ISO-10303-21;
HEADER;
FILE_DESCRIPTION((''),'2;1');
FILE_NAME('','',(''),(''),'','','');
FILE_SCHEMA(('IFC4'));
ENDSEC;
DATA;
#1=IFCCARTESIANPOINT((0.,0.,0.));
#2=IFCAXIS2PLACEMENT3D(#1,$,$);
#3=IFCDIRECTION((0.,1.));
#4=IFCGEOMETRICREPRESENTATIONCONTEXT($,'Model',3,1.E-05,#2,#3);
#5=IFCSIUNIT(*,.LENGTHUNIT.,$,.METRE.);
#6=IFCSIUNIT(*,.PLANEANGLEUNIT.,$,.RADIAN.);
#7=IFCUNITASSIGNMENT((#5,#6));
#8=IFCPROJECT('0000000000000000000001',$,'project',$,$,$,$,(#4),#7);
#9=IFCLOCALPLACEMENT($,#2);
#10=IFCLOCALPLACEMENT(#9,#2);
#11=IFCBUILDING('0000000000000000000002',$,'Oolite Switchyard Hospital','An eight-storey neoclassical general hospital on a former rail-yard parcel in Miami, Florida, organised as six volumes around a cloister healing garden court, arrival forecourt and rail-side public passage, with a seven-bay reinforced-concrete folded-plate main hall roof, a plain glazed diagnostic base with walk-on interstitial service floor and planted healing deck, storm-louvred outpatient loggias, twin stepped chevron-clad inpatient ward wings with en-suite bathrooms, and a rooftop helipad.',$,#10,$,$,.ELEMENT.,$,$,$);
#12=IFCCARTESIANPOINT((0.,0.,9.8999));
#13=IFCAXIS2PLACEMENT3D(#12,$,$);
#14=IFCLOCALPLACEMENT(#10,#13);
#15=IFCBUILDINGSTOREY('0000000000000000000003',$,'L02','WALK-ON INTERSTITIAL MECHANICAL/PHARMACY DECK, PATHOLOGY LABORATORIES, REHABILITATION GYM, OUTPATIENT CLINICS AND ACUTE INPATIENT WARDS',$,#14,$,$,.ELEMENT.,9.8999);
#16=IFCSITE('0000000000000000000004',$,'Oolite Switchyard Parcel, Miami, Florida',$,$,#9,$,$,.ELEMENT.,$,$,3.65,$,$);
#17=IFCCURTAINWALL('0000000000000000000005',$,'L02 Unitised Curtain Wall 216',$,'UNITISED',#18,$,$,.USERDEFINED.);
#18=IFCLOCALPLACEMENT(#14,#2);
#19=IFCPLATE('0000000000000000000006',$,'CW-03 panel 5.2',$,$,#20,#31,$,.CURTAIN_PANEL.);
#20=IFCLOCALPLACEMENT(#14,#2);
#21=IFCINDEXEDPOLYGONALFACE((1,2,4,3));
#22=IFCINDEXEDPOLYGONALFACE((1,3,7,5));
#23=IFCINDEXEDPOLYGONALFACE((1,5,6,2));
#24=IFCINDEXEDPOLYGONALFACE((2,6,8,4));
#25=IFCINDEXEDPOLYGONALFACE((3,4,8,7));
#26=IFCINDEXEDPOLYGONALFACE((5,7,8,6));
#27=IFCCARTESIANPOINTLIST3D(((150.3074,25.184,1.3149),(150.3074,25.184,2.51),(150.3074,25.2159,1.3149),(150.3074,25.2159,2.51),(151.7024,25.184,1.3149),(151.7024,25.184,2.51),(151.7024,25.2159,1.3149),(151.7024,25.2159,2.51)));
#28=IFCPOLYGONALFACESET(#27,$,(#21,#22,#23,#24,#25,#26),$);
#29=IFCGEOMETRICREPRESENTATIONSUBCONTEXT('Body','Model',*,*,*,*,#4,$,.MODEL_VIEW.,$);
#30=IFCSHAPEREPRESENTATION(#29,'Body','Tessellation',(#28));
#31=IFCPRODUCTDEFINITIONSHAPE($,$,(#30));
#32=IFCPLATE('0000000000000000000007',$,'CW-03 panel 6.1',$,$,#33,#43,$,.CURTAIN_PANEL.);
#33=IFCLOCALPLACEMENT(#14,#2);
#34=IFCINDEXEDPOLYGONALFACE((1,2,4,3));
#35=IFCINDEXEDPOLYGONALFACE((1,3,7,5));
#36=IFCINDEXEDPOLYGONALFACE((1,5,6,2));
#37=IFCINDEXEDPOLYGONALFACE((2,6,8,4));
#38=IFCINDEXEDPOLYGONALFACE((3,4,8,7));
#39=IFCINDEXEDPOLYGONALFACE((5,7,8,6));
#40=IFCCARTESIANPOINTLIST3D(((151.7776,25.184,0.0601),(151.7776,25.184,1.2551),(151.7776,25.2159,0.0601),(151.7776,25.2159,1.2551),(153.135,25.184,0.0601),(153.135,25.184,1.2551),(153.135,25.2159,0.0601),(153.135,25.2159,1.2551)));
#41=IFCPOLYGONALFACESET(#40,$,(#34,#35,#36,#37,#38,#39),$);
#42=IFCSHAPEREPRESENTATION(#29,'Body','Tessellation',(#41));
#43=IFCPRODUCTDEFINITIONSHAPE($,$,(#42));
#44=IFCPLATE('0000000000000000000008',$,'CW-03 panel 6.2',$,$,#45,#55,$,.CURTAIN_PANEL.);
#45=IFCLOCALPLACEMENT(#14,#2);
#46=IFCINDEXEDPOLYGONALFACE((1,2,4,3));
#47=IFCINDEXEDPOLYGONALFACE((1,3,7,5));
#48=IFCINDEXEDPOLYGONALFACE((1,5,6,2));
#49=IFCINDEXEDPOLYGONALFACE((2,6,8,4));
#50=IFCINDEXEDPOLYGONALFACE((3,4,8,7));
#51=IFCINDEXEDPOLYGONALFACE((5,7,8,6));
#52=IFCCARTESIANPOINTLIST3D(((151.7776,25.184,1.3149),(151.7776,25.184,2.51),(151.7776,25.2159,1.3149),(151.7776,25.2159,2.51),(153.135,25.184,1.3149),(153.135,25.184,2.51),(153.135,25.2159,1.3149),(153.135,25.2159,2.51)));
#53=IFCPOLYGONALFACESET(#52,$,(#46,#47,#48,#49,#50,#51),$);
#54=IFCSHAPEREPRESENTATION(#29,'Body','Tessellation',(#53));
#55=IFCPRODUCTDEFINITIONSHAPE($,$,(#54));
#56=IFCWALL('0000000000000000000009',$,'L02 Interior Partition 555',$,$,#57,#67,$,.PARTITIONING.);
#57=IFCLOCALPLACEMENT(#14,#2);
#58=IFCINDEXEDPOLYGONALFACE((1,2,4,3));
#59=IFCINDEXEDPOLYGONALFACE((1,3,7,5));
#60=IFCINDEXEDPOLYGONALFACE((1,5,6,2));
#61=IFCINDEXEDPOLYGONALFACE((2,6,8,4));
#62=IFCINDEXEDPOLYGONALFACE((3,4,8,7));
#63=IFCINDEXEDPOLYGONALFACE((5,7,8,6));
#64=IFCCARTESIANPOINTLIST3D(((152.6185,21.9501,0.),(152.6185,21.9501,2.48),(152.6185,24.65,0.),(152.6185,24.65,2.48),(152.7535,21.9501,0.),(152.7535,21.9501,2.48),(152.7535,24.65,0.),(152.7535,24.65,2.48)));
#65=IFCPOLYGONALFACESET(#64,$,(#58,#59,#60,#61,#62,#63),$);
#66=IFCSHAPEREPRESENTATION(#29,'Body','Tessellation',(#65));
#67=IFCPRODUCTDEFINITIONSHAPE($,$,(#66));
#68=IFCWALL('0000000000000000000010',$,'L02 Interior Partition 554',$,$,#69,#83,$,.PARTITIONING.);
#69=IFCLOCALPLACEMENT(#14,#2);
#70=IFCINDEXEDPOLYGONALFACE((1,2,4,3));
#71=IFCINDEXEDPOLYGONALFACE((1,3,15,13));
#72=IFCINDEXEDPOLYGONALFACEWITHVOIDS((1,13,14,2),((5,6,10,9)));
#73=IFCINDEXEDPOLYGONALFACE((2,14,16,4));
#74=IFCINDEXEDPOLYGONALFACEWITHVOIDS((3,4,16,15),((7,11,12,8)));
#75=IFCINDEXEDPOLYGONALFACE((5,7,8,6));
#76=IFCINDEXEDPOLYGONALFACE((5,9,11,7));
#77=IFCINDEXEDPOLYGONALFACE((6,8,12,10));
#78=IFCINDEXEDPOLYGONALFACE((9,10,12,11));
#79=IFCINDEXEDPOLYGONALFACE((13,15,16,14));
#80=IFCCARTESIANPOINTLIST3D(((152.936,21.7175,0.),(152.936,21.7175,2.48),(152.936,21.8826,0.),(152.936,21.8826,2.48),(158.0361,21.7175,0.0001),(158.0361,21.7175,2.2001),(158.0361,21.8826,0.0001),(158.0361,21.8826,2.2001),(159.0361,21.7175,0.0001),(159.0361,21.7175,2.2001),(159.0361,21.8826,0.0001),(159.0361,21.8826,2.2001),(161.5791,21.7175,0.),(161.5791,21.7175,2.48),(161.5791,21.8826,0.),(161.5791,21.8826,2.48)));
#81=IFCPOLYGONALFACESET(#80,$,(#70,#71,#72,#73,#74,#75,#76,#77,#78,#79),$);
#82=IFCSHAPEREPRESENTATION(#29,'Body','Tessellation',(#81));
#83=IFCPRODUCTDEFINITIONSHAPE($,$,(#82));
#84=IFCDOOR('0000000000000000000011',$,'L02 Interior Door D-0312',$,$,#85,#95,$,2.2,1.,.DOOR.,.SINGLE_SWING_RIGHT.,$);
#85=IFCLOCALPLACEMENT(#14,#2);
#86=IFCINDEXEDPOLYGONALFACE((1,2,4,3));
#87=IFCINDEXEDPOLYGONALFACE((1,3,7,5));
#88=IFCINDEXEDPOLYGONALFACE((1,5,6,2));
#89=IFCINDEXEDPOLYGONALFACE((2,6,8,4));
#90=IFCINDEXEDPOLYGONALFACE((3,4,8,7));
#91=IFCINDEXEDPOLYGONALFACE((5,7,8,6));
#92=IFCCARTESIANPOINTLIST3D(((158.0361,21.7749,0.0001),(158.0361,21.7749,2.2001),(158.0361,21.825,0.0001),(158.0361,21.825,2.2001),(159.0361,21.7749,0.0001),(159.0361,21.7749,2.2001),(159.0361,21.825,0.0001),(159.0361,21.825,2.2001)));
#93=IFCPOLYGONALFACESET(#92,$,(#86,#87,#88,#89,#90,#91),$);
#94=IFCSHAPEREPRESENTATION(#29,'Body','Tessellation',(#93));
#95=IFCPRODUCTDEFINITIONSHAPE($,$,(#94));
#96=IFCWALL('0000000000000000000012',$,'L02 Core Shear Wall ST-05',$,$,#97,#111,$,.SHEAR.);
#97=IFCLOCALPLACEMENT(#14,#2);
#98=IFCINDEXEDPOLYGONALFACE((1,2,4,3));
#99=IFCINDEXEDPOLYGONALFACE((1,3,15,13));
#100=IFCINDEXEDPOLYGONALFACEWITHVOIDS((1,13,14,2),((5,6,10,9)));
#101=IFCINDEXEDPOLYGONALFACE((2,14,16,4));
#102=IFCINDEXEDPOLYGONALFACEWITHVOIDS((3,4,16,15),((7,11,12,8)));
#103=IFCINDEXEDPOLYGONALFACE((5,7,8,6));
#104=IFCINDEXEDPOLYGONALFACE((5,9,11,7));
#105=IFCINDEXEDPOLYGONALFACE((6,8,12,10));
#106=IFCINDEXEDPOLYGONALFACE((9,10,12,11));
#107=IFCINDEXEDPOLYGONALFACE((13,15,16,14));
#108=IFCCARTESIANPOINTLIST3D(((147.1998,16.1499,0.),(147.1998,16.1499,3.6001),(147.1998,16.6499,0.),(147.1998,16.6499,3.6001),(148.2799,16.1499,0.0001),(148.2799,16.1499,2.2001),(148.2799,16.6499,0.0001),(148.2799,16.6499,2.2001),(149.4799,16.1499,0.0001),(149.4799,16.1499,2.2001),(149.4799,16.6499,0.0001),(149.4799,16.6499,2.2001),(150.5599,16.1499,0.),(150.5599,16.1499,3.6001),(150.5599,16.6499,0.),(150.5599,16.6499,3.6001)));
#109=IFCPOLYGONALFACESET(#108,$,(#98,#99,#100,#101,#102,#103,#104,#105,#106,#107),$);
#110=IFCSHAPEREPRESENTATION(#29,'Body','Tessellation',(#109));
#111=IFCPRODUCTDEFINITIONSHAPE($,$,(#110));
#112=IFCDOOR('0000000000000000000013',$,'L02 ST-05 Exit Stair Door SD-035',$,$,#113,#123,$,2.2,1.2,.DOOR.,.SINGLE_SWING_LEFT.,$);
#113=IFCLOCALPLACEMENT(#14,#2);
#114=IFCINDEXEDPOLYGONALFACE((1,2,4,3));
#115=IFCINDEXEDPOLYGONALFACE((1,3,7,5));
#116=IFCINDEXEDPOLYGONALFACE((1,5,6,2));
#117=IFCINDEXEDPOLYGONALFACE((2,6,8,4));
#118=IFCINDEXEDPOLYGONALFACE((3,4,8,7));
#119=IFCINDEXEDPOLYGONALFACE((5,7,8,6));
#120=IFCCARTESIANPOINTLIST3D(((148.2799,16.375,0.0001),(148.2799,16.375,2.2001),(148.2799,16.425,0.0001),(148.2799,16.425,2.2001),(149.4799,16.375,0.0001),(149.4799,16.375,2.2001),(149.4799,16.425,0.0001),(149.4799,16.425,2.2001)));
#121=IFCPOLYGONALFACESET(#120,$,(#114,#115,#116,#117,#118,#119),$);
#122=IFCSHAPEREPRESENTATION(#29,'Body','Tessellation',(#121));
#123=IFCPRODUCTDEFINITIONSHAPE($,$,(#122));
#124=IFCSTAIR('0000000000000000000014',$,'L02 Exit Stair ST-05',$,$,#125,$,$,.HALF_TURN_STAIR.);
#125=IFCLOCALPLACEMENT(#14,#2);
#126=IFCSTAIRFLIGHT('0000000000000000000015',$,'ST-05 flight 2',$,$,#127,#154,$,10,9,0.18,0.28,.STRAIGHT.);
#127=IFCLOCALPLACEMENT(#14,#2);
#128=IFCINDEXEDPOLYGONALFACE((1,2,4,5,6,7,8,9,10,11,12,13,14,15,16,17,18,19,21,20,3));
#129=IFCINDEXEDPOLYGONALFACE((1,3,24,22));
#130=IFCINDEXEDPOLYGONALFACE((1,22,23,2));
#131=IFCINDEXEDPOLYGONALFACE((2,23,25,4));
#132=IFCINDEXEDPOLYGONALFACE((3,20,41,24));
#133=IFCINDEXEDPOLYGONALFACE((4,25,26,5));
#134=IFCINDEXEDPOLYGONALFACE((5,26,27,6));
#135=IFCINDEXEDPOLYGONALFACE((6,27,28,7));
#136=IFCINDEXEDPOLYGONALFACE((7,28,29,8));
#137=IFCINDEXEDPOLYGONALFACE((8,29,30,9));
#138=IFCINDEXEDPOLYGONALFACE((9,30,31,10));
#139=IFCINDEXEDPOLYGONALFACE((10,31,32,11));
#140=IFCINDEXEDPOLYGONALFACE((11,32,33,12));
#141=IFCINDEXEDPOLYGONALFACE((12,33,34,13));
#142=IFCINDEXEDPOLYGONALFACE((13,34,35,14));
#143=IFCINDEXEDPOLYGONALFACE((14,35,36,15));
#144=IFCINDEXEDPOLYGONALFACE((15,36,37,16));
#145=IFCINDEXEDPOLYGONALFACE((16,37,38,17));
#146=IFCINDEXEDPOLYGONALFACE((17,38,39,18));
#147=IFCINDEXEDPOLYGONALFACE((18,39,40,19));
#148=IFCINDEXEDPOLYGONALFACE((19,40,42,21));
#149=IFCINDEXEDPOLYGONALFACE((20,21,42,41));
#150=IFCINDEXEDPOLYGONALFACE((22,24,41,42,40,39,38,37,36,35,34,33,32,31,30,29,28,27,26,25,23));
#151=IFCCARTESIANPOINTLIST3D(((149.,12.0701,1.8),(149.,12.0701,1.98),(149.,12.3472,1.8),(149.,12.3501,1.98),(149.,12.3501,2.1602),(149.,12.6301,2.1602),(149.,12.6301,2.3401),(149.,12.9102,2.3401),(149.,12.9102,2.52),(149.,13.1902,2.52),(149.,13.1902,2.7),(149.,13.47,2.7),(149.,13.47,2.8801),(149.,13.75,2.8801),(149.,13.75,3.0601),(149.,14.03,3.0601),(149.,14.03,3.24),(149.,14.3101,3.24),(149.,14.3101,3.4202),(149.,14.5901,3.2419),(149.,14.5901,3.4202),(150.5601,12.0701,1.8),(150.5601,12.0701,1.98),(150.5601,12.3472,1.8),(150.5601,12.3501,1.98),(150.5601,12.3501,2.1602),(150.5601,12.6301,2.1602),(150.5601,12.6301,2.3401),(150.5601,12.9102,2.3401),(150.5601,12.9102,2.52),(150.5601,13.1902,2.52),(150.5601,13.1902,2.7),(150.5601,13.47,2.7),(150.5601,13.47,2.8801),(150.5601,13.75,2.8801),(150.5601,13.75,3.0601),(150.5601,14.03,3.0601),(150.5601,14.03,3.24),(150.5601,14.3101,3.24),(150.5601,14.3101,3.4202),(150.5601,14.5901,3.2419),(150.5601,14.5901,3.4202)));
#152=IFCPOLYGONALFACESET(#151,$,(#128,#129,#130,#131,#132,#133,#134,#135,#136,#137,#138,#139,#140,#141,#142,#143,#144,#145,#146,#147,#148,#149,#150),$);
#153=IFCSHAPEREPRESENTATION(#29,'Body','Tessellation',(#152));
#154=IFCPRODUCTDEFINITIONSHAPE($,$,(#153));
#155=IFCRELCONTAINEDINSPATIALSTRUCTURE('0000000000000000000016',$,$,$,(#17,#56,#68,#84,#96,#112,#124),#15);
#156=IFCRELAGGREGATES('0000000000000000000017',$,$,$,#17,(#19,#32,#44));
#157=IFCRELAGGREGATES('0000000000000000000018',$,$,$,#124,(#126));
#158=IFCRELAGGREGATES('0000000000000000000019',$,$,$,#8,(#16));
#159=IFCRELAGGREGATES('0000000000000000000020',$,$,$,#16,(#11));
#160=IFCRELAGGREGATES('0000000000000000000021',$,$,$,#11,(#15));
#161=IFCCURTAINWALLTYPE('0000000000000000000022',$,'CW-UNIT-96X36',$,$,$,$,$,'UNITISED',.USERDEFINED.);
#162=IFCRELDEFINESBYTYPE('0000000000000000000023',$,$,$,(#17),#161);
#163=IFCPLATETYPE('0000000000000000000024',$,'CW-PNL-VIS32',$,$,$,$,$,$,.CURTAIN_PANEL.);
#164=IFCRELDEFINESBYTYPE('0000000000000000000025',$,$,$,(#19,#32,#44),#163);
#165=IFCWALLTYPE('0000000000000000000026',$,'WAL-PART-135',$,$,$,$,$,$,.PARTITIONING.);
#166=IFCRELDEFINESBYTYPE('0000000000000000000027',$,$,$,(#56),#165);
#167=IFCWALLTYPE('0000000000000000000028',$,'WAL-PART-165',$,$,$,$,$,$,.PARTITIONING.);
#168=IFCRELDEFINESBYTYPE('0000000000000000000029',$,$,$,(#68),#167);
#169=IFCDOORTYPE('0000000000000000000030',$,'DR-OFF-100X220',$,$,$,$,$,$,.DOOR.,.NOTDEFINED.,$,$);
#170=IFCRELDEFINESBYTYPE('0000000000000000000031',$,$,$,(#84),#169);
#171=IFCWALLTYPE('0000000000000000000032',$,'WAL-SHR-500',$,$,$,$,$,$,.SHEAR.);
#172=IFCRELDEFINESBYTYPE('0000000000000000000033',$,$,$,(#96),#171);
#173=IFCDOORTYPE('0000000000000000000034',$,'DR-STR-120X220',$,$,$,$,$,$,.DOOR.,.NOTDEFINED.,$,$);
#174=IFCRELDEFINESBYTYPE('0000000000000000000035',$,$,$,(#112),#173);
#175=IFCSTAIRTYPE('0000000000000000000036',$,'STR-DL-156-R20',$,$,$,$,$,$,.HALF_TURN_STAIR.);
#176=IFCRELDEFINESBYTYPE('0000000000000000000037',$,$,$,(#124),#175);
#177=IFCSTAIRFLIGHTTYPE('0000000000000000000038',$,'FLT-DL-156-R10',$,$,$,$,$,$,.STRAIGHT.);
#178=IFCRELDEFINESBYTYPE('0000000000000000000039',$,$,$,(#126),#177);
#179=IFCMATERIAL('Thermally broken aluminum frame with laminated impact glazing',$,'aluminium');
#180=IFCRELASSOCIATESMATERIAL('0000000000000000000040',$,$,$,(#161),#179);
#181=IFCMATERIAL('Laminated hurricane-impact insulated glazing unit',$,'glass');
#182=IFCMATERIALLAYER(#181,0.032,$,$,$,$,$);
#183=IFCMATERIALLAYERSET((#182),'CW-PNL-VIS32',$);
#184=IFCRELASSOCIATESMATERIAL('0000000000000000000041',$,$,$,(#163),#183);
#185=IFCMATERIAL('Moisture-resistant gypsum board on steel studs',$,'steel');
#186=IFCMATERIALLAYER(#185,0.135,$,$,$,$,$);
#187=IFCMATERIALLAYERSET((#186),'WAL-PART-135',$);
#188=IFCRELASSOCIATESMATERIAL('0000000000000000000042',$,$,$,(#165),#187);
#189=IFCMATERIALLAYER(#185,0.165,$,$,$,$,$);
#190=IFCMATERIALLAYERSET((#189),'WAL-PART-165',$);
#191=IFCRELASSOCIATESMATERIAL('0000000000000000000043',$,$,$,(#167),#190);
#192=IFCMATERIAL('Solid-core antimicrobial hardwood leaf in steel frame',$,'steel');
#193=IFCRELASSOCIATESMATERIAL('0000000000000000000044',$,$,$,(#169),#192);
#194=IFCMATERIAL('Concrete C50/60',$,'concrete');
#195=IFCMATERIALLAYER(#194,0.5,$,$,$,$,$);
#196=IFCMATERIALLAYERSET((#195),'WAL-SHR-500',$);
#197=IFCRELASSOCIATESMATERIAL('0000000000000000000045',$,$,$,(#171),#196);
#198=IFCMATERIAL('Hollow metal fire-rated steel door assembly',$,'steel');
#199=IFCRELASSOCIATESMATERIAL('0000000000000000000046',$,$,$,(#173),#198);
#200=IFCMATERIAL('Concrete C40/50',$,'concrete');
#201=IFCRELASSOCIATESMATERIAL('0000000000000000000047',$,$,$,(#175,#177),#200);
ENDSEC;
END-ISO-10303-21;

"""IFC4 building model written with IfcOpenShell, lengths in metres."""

from ifc_helpers import new_model, si_unit, direction, frame, frame_2d, origin, origin_2d, place, context, subcontext, project, spatial, polyline, rectangle, outline, extrude, material, layer, layer_set, type_object, element, fill, aggregate, save


model = new_model("IFC4")

# Units and contexts
model_context = context("Model", 3, precision=1e-05, world=origin(), true_north=direction((0.0, 1.0)))
body_context = subcontext(model_context, "Body", "Model", "MODEL_VIEW")
ifc_project = project(units=[si_unit("LENGTHUNIT", "METRE"), si_unit("PLANEANGLEUNIT", "RADIAN")], contexts=[model_context])

# Site, building, storey
site_placement = place(None, origin())
site = spatial("IfcSite", under=ifc_project, at=site_placement, Name="Oolite Switchyard Parcel, Miami, Florida", CompositionType="ELEMENT", RefElevation=3.65)
building_placement = place(site_placement, origin())
building = spatial("IfcBuilding", under=site, at=building_placement, Name="Oolite Switchyard Hospital", Description="An eight-storey neoclassical general hospital on a former rail-yard parcel in Miami, Florida, organised as six volumes around a cloister healing garden court, arrival forecourt and rail-side public passage, with a seven-bay reinforced-concrete folded-plate main hall roof, a plain glazed diagnostic base with walk-on interstitial service floor and planted healing deck, storm-louvred outpatient loggias, twin stepped chevron-clad inpatient ward wings with en-suite bathrooms, and a rooftop helipad.", CompositionType="ELEMENT")
storey_placement = place(building_placement, frame((0.0, 0.0, 9.8999)))
storey = spatial("IfcBuildingStorey", under=building, at=storey_placement, Name="L02", Description="WALK-ON INTERSTITIAL MECHANICAL/PHARMACY DECK, PATHOLOGY LABORATORIES, REHABILITATION GYM, OUTPATIENT CLINICS AND ACUTE INPATIENT WARDS", CompositionType="ELEMENT", Elevation=9.8999)

# Curtain wall, plates
ifc_material_1 = material(Name="Thermally broken aluminum frame with laminated impact glazing", Category="aluminium")
curtain_wall_type = type_object("IfcCurtainWallType", Name="CW-UNIT-96X36", ElementType="UNITISED", PredefinedType="USERDEFINED", material=ifc_material_1)
curtain_wall_placement = place(storey_placement, origin())
curtain_wall = element("IfcCurtainWall", 1, at=curtain_wall_placement, inside=storey, type_object=curtain_wall_type, Name="L02 Unitised Curtain Wall 216", ObjectType="UNITISED", PredefinedType="USERDEFINED")
ifc_material_2 = material(Name="Laminated hurricane-impact insulated glazing unit", Category="glass")
ifc_layer_1 = layer(ifc_material_2, 0.032)
ifc_layer_set_1 = layer_set([ifc_layer_1], Name="CW-PNL-VIS32")
plate_type = type_object("IfcPlateType", Name="CW-PNL-VIS32", PredefinedType="CURTAIN_PANEL", material=ifc_layer_set_1)
plate_1_placement = place(storey_placement, frame((151.0049, 25.2, 1.3149), z_axis=(0.0, 0.0, 1.0), x_axis=(1.0, 0.0, 0.0)))
plate_1 = element("IfcPlate", 2, at=plate_1_placement, type_object=plate_type, Name="CW-03 panel 5.2", PredefinedType="CURTAIN_PANEL", context=body_context, shape_type="SweptSolid", body=[
    extrude(rectangle(XDim=1.395, YDim=0.032, at=origin_2d()), origin(), (0.0, 0.0, 1.0), 1.1951),
])
plate_2_placement = place(storey_placement, frame((152.4563, 25.2, 0.0601), z_axis=(0.0, 0.0, 1.0), x_axis=(1.0, 0.0, 0.0)))
plate_2 = element("IfcPlate", 3, at=plate_2_placement, type_object=plate_type, Name="CW-03 panel 6.1", PredefinedType="CURTAIN_PANEL", context=body_context, shape_type="SweptSolid", body=[
    extrude(rectangle(XDim=1.3574, YDim=0.032, at=origin_2d()), origin(), (0.0, 0.0, 1.0), 1.1951),
])
plate_3_placement = place(storey_placement, frame((152.4563, 25.2, 1.3149), z_axis=(0.0, 0.0, 1.0), x_axis=(1.0, 0.0, 0.0)))
plate_3 = element("IfcPlate", 4, at=plate_3_placement, type_object=plate_type, Name="CW-03 panel 6.2", PredefinedType="CURTAIN_PANEL", context=body_context, shape_type="SweptSolid", body=[
    extrude(rectangle(XDim=1.3574, YDim=0.032, at=origin_2d()), origin(), (0.0, 0.0, 1.0), 1.1951),
])
aggregate(curtain_wall, [plate_1, plate_2, plate_3])

# Wall
ifc_material_3 = material(Name="Moisture-resistant gypsum board on steel studs", Category="steel")
ifc_layer_2 = layer(ifc_material_3, 0.135)
ifc_layer_set_2 = layer_set([ifc_layer_2], Name="WAL-PART-135")
wall_type_1 = type_object("IfcWallType", Name="WAL-PART-135", PredefinedType="PARTITIONING", material=ifc_layer_set_2)
wall_1_placement = place(storey_placement, frame((152.686, 21.95, 0.0), z_axis=(0.0, 0.0, 1.0), x_axis=(0.0, 1.0, 0.0)))
element("IfcWall", 5, at=wall_1_placement, inside=storey, type_object=wall_type_1, Name="L02 Interior Partition 555", PredefinedType="PARTITIONING", context=body_context, shape_type="SweptSolid", body=[
    extrude(rectangle(XDim=2.7, YDim=0.135, at=frame_2d((1.3501, 0.0))), origin(), (0.0, 0.0, 1.0), 2.48),
])

# Walls, openings, doors
ifc_layer_3 = layer(ifc_material_3, 0.165)
ifc_layer_set_3 = layer_set([ifc_layer_3], Name="WAL-PART-165")
wall_type_2 = type_object("IfcWallType", Name="WAL-PART-165", PredefinedType="PARTITIONING", material=ifc_layer_set_3)
wall_2_placement = place(storey_placement, frame((152.936, 21.8, 0.0), z_axis=(0.0, 0.0, 1.0), x_axis=(1.0, 0.0, 0.0)))
wall_2 = element("IfcWall", 6, at=wall_2_placement, inside=storey, type_object=wall_type_2, Name="L02 Interior Partition 554", PredefinedType="PARTITIONING", context=body_context, shape_type="SweptSolid", body=[
    extrude(rectangle(XDim=8.6431, YDim=0.165, at=frame_2d((4.3215, 0.0))), origin(), (0.0, 0.0, 1.0), 2.48),
])
opening_1_placement = place(wall_2_placement, frame((5.1001, 0.0, 0.0)))
opening_1 = element("IfcOpeningElement", 7, at=opening_1_placement, cuts=wall_2, PredefinedType="OPENING", context=body_context, shape_type="SweptSolid", body=[
    extrude(rectangle(XDim=1.0, YDim=2.2, at=frame_2d((0.5, 1.1001))), frame((0.0, 0.0925, 0.0), z_axis=(0.0, -1.0, 0.0), x_axis=(1.0, 0.0, 0.0)), (0.0, 0.0, 1.0), 0.1851),
])
ifc_material_4 = material(Name="Solid-core antimicrobial hardwood leaf in steel frame", Category="steel")
door_type_1 = type_object("IfcDoorType", Name="DR-OFF-100X220", OperationType="NOTDEFINED", PredefinedType="DOOR", material=ifc_material_4)
door_1_placement = place(opening_1_placement, origin())
door_1 = element("IfcDoor", 8, at=door_1_placement, inside=storey, type_object=door_type_1, Name="L02 Interior Door D-0312", OperationType="SINGLE_SWING_RIGHT", OverallHeight=2.2, OverallWidth=1.0, PredefinedType="DOOR", context=body_context, shape_type="SweptSolid", body=[
    extrude(rectangle(XDim=1.0, YDim=2.2, at=frame_2d((0.5, 1.1001))), frame((0.0, 0.0249, 0.0), z_axis=(0.0, -1.0, 0.0), x_axis=(1.0, 0.0, 0.0)), (0.0, 0.0, 1.0), 0.05),
])
fill(opening_1, door_1)
ifc_material_5 = material(Name="Concrete C50/60", Category="concrete")
ifc_layer_4 = layer(ifc_material_5, 0.5)
ifc_layer_set_4 = layer_set([ifc_layer_4], Name="WAL-SHR-500")
wall_type_3 = type_object("IfcWallType", Name="WAL-SHR-500", PredefinedType="SHEAR", material=ifc_layer_set_4)
wall_3_placement = place(storey_placement, frame((150.5601, 16.3999, 0.0), z_axis=(0.0, 0.0, 1.0), x_axis=(-1.0, 0.0, 0.0)))
wall_3 = element("IfcWall", 9, at=wall_3_placement, inside=storey, type_object=wall_type_3, Name="L02 Core Shear Wall ST-05", PredefinedType="SHEAR", context=body_context, shape_type="SweptSolid", body=[
    extrude(rectangle(XDim=3.3601, YDim=0.5, at=frame_2d((1.6802, 0.0))), origin(), (0.0, 0.0, 1.0), 3.6001),
])
opening_2_placement = place(wall_3_placement, frame((1.0801, 0.0, 0.0)))
opening_2 = element("IfcOpeningElement", 10, at=opening_2_placement, cuts=wall_3, PredefinedType="OPENING", context=body_context, shape_type="SweptSolid", body=[
    extrude(rectangle(XDim=1.2, YDim=2.2, at=frame_2d((0.6001, 1.1001))), frame((0.0, 0.26, 0.0), z_axis=(0.0, -1.0, 0.0), x_axis=(1.0, 0.0, 0.0)), (0.0, 0.0, 1.0), 0.52),
])
ifc_material_6 = material(Name="Hollow metal fire-rated steel door assembly", Category="steel")
door_type_2 = type_object("IfcDoorType", Name="DR-STR-120X220", OperationType="NOTDEFINED", PredefinedType="DOOR", material=ifc_material_6)
door_2_placement = place(opening_2_placement, origin())
door_2 = element("IfcDoor", 11, at=door_2_placement, inside=storey, type_object=door_type_2, Name="L02 ST-05 Exit Stair Door SD-035", OperationType="SINGLE_SWING_LEFT", OverallHeight=2.2, OverallWidth=1.2, PredefinedType="DOOR", context=body_context, shape_type="SweptSolid", body=[
    extrude(rectangle(XDim=1.2, YDim=2.2, at=frame_2d((0.6001, 1.1001))), frame((0.0, 0.0249, 0.0), z_axis=(0.0, -1.0, 0.0), x_axis=(1.0, 0.0, 0.0)), (0.0, 0.0, 1.0), 0.05),
])
fill(opening_2, door_2)

# Stair, stair flight
ifc_material_7 = material(Name="Concrete C40/50", Category="concrete")
stair_type = type_object("IfcStairType", Name="STR-DL-156-R20", PredefinedType="HALF_TURN_STAIR", material=ifc_material_7)
stair_placement = place(storey_placement, origin())
stair = element("IfcStair", 12, at=stair_placement, inside=storey, type_object=stair_type, Name="L02 Exit Stair ST-05", PredefinedType="HALF_TURN_STAIR")
stair_flight_type = type_object("IfcStairFlightType", Name="FLT-DL-156-R10", PredefinedType="STRAIGHT", material=ifc_material_7)
stair_flight_placement = place(storey_placement, frame((149.78, 12.0701, 1.8), z_axis=(0.0, 0.0, 1.0), x_axis=(0.0, 1.0, 0.0)))
stair_flight = element("IfcStairFlight", 13, at=stair_flight_placement, type_object=stair_flight_type, Name="ST-05 flight 2", NumberOfRisers=10, NumberOfTreads=9, PredefinedType="STRAIGHT", RiserHeight=0.18, TreadLength=0.28, context=body_context, shape_type="SweptSolid", body=[
    extrude(outline(polyline([(0.0, 0.0), (0.0, 0.1799), (0.28, 0.1799), (0.28, 0.3601), (0.5601, 0.3601), (0.5601, 0.54), (0.8401, 0.54), (0.8401, 0.72), (1.1201, 0.72), (1.1201, 0.8999), (1.3999, 0.8999), (1.3999, 1.0801), (1.6799, 1.0801), (1.6799, 1.26), (1.96, 1.26), (1.96, 1.4399), (2.24, 1.4399), (2.24, 1.6201), (2.52, 1.6201), (2.52, 1.8), (2.52, 1.4419), (0.2771, 0.0), (0.0, 0.0)])), frame((0.0, 0.78, 0.0), z_axis=(0.0, -1.0, 0.0), x_axis=(1.0, 0.0, 0.0)), (0.0, 0.0, 1.0), 1.5601),
])
aggregate(stair, [stair_flight])

save(model, "model.ifc")
